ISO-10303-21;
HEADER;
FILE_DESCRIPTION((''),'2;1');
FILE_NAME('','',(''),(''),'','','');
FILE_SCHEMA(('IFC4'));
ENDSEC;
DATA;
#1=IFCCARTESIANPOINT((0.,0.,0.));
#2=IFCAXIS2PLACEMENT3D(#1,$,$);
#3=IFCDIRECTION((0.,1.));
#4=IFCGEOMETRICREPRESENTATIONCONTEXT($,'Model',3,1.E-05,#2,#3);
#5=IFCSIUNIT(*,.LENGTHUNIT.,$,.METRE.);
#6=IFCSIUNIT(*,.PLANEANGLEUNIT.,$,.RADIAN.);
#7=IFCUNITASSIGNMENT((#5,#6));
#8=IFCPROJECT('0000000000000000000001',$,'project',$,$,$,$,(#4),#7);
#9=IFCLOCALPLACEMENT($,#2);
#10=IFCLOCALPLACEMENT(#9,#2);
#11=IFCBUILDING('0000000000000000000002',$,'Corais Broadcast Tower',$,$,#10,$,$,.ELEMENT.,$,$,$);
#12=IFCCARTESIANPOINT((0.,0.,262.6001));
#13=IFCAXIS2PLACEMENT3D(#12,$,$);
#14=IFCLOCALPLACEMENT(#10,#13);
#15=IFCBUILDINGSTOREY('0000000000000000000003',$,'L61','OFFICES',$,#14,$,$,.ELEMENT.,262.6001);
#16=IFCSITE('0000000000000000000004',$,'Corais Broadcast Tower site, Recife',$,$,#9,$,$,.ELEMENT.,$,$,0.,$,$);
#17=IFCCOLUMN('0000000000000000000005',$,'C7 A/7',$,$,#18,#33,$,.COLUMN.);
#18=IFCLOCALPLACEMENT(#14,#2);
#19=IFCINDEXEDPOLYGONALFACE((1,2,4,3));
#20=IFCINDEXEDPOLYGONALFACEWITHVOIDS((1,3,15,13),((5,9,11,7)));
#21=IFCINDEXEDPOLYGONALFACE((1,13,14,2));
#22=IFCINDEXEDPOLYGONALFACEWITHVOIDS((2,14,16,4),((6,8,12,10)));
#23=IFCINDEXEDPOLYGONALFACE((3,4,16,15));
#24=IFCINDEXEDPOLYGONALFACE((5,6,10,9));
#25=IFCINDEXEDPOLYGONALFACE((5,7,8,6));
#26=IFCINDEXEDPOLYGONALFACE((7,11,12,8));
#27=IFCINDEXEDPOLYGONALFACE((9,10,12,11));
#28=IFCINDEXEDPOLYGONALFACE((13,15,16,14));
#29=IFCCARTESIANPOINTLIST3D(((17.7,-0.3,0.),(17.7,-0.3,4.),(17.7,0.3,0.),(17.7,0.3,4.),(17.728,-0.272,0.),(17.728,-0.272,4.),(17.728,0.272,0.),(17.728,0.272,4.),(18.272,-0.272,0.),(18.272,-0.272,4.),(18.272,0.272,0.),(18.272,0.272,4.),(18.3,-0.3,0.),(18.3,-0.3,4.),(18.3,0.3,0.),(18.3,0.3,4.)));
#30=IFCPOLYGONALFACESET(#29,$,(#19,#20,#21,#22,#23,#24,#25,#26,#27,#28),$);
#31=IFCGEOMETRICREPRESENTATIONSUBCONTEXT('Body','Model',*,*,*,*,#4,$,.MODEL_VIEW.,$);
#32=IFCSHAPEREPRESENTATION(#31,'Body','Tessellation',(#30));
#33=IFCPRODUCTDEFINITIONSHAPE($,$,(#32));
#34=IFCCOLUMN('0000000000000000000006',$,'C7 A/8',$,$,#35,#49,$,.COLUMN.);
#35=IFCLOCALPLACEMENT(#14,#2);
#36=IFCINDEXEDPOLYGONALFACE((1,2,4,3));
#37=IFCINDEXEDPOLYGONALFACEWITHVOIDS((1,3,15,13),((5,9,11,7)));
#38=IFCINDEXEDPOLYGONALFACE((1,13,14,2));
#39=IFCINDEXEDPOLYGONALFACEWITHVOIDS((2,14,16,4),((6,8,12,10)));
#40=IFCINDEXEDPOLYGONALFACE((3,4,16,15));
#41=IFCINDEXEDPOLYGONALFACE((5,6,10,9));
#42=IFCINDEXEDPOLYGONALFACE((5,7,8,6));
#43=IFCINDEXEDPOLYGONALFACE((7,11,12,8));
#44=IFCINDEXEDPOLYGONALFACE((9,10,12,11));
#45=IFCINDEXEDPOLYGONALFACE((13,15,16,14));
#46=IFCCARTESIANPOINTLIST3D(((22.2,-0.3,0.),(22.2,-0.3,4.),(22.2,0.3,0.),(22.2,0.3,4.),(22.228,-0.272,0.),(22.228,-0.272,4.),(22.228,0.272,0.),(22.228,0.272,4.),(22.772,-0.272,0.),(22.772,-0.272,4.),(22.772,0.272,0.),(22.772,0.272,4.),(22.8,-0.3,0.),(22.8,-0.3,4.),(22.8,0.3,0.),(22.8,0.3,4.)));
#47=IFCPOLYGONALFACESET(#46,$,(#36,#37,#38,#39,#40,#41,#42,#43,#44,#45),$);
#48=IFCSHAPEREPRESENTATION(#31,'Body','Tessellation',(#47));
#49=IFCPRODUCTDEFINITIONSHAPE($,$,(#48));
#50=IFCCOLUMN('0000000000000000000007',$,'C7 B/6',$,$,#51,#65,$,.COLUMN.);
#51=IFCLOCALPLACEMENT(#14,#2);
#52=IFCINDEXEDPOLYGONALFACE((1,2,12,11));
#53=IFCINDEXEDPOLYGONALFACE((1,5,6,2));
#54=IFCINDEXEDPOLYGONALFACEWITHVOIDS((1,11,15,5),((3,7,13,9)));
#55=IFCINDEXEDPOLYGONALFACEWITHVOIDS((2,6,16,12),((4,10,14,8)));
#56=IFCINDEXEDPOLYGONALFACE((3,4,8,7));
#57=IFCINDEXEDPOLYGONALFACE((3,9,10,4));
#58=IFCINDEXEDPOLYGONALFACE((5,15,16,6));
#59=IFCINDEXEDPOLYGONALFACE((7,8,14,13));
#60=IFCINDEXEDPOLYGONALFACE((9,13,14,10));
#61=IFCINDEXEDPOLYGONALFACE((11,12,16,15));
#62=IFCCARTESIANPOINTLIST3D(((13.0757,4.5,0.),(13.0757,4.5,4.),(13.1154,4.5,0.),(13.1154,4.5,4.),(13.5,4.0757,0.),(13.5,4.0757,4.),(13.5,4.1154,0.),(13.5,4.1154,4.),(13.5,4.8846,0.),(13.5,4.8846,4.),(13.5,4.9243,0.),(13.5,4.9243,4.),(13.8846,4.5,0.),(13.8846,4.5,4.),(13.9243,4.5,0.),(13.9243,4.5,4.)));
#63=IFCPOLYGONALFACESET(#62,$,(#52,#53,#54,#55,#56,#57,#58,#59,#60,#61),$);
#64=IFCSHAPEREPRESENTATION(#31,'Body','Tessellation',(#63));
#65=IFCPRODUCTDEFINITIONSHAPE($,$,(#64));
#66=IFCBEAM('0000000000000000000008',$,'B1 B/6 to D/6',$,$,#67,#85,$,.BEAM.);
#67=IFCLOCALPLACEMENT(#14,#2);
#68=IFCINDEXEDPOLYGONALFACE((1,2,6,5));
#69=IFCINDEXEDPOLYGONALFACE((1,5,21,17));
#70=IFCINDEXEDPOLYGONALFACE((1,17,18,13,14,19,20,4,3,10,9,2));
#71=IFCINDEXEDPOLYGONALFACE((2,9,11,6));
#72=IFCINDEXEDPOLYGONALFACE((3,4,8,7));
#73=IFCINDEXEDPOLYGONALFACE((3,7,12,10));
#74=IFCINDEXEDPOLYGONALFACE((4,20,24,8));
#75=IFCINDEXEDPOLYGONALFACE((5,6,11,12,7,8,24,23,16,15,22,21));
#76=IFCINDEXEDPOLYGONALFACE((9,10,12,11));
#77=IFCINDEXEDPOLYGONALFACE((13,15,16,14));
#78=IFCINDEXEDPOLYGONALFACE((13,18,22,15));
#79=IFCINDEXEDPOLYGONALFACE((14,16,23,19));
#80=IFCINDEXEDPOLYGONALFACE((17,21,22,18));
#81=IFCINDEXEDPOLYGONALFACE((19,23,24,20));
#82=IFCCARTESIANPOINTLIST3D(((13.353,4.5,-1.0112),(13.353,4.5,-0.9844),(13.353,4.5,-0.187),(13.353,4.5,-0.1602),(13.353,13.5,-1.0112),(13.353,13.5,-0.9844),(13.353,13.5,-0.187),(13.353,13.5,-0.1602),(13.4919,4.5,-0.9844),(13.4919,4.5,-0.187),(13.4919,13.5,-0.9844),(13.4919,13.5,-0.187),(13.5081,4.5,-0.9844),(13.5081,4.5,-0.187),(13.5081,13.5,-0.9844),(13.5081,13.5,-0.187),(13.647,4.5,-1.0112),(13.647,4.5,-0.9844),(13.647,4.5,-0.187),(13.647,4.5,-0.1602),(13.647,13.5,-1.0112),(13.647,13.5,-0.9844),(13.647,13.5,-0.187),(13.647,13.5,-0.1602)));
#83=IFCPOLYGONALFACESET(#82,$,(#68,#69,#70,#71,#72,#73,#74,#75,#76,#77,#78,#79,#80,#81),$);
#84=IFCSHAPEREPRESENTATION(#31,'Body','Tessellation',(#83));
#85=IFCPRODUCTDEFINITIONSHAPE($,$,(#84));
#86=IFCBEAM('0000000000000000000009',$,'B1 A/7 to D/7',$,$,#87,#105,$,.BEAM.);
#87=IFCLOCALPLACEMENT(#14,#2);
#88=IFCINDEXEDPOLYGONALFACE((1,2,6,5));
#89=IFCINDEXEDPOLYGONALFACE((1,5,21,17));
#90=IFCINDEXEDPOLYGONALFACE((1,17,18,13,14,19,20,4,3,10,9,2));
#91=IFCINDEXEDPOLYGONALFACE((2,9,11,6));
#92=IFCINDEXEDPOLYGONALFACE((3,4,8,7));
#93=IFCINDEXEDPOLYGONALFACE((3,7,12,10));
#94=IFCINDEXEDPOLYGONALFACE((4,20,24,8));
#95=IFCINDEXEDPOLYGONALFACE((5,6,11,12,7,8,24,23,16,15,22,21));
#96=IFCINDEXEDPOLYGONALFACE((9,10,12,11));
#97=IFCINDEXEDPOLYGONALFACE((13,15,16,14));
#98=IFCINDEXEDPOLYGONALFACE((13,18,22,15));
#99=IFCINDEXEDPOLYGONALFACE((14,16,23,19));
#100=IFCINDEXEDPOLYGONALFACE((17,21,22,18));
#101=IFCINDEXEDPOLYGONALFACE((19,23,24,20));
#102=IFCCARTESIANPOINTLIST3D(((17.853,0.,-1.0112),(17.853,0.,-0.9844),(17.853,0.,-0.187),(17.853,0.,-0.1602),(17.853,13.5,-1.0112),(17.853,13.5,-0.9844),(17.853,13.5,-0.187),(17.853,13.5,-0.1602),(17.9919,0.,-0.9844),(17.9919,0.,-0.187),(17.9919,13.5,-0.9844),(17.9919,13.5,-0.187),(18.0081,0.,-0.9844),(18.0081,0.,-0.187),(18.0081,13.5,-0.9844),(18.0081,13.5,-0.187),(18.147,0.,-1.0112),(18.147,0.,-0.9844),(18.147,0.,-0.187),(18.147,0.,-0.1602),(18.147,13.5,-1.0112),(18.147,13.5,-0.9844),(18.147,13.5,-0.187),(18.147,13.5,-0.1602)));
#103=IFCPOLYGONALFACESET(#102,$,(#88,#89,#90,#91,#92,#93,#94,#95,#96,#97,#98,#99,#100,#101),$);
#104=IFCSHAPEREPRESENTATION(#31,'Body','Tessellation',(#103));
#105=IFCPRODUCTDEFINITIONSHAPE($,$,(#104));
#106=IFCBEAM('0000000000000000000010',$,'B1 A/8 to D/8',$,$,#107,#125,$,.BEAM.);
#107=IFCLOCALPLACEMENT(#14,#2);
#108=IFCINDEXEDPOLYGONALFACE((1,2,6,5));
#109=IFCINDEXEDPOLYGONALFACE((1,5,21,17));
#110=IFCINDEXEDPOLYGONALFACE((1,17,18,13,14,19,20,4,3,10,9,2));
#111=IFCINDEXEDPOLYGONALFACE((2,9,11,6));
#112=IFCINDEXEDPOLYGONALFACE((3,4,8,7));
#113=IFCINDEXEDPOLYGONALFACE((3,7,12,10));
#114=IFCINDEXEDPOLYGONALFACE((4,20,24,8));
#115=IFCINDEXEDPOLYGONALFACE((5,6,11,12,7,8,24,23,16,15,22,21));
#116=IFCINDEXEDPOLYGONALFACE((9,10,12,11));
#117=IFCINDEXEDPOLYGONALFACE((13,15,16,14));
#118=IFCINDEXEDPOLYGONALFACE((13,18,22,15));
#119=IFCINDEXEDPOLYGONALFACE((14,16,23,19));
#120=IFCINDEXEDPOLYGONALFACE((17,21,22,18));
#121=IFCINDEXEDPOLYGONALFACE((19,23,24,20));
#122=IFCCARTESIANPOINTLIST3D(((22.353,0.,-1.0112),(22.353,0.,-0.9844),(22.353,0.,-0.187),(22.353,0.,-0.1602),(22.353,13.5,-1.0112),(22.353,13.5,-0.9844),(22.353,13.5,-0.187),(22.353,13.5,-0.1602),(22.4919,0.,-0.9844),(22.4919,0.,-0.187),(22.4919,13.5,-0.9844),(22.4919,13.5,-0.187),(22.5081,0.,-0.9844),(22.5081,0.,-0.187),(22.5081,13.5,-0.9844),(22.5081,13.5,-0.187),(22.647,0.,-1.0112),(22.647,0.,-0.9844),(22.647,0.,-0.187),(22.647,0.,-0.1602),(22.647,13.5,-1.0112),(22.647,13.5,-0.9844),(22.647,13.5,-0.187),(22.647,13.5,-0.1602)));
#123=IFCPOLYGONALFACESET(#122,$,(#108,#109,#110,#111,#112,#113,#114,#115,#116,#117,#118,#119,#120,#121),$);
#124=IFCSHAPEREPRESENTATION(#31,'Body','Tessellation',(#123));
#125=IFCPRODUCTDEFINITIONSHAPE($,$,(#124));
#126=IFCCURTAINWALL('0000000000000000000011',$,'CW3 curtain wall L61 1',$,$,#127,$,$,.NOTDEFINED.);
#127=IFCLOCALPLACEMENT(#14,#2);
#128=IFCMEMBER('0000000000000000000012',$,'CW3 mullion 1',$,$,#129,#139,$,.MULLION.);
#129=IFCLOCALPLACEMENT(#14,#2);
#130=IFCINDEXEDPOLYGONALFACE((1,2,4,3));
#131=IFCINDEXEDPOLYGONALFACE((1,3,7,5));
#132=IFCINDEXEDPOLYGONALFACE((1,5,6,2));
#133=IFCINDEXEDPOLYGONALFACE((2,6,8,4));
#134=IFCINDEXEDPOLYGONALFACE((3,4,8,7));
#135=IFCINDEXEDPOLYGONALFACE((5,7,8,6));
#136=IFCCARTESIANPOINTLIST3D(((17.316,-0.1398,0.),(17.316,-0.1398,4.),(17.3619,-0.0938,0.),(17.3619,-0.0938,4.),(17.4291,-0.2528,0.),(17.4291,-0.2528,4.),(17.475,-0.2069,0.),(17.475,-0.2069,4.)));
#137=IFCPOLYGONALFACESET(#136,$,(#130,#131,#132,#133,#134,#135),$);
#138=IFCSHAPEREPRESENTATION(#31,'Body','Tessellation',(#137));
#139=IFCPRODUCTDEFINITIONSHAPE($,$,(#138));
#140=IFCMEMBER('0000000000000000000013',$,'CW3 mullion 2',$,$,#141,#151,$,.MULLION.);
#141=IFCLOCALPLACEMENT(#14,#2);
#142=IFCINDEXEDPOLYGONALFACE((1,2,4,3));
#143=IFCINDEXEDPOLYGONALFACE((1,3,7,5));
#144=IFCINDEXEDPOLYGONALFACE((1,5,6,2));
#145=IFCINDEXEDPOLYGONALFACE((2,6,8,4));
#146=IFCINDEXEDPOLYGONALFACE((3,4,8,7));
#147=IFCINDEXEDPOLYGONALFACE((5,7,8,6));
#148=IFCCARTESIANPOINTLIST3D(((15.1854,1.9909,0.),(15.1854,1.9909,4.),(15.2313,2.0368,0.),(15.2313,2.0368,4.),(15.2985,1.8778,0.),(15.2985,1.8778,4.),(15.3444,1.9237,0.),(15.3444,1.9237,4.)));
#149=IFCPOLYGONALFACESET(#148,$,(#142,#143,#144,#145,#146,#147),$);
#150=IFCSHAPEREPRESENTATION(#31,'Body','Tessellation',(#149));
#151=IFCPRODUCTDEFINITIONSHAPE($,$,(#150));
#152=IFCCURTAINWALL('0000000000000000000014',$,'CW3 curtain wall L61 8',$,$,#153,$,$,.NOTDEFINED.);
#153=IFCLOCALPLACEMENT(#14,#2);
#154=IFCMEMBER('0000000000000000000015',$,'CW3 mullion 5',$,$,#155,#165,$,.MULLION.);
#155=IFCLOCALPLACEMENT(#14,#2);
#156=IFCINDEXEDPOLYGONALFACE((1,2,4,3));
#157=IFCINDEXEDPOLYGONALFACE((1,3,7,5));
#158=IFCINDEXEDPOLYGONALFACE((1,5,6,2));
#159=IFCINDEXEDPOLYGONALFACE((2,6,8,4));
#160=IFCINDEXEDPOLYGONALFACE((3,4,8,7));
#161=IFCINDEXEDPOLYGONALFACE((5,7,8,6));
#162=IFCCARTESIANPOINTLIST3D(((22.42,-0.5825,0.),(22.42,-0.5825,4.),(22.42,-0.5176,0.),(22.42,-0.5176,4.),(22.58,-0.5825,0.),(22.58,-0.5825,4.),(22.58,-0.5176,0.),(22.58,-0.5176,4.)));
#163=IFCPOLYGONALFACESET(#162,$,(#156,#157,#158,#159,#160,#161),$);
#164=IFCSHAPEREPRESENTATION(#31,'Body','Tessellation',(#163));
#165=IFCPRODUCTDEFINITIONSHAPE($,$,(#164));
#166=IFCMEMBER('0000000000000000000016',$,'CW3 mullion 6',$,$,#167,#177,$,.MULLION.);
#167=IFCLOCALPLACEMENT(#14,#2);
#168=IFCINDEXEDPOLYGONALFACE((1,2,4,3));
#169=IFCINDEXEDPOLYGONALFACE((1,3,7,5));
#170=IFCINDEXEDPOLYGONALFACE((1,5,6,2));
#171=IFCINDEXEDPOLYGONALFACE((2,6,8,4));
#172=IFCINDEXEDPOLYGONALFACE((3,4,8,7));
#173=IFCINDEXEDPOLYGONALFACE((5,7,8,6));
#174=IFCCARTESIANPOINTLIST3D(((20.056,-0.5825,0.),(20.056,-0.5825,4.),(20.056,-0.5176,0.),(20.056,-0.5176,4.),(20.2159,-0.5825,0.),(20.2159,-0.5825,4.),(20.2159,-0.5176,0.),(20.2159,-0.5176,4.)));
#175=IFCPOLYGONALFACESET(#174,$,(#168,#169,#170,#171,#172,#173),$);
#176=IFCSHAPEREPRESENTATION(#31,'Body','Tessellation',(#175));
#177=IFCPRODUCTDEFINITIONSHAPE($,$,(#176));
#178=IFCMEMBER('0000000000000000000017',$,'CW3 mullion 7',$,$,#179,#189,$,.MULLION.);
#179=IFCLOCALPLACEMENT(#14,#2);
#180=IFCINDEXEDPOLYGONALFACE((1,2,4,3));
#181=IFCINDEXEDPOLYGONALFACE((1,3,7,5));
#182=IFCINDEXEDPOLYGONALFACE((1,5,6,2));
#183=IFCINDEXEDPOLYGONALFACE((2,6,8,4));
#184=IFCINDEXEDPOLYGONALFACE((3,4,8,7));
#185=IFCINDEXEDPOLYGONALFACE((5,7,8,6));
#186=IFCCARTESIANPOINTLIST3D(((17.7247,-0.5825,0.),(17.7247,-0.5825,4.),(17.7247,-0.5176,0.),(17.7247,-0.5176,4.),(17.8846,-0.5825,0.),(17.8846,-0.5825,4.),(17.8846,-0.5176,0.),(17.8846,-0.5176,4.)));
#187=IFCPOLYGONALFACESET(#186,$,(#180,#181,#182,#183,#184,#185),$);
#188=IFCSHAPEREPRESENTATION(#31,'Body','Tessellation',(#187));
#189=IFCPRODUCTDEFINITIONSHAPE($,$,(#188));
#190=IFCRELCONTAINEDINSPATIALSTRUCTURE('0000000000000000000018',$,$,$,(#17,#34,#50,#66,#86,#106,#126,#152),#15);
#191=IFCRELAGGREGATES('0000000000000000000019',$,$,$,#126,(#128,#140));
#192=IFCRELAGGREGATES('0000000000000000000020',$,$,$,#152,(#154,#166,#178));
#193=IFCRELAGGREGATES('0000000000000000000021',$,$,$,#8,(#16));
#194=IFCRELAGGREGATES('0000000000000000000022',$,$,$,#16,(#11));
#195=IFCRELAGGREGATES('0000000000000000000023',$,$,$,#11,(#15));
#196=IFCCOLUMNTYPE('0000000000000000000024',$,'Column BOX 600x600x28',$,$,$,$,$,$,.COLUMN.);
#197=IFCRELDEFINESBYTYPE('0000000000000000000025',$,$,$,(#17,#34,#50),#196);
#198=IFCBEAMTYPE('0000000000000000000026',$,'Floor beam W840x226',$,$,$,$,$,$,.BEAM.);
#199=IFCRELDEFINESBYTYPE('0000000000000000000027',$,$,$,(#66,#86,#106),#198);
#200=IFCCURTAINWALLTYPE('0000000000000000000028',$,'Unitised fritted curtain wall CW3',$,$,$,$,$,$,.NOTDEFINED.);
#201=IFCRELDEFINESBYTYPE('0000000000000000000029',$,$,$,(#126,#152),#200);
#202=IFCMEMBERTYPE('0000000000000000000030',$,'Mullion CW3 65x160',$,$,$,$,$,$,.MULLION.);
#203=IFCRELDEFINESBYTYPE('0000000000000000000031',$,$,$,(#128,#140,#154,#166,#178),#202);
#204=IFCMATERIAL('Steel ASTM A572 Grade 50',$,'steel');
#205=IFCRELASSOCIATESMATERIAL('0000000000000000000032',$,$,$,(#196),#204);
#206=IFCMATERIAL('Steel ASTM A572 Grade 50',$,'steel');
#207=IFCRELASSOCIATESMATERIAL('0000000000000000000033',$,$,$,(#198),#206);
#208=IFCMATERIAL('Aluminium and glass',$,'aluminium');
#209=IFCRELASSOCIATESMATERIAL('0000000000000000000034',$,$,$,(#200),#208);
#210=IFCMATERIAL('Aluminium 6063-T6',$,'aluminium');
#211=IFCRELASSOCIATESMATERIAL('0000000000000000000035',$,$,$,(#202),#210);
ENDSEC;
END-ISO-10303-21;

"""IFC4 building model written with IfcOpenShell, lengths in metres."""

from ifc_helpers import new_model, si_unit, direction, frame, origin, origin_2d, place, context, subcontext, project, spatial, rectangle, hollow_rectangle, i_section, extrude, material, material_profile, profile_set, type_object, element, aggregate, save


model = new_model("IFC4")

# Units and contexts
model_context = context("Model", 3, precision=1e-05, world=origin(), true_north=direction((0.0, 1.0)))
body_context = subcontext(model_context, "Body", "Model", "MODEL_VIEW")
ifc_project = project(units=[si_unit("LENGTHUNIT", "METRE"), si_unit("PLANEANGLEUNIT", "RADIAN")], contexts=[model_context])

# Site, building, storey
site_placement = place(None, origin())
site = spatial("IfcSite", under=ifc_project, at=site_placement, Name="Corais Broadcast Tower site, Recife", CompositionType="ELEMENT", RefElevation=0.0)
building_placement = place(site_placement, origin())
building = spatial("IfcBuilding", under=site, at=building_placement, Name="Corais Broadcast Tower", CompositionType="ELEMENT")
storey_placement = place(building_placement, frame((0.0, 0.0, 262.6001)))
storey = spatial("IfcBuildingStorey", under=building, at=storey_placement, Name="L61", Description="OFFICES", CompositionType="ELEMENT", Elevation=262.6001)

# Columns
ifc_material_1 = material(Name="Steel ASTM A572 Grade 50", Category="steel")
ifc_material_profile_1 = material_profile(ifc_material_1, hollow_rectangle(XDim=0.6001, YDim=0.6001, WallThickness=0.0281, at=origin_2d()), Name="BOX 600x600x28")
ifc_profile_set_1 = profile_set([ifc_material_profile_1], Name="Steel ASTM A572 Grade 50")
column_type = type_object("IfcColumnType", Name="Column BOX 600x600x28", PredefinedType="COLUMN", material=ifc_profile_set_1)
for number, where, z_axis, x_axis, name in (
    (1, (18.0, 0.0, 0.0), (0.0, 0.0, 1.0), (1.0, 0.0, 0.0), "C7 A/7"),
    (2, (22.5, 0.0, 0.0), (0.0, 0.0, 1.0), (1.0, 0.0, 0.0), "C7 A/8"),
    (3, (13.5, 4.5, 0.0), (0.0, 0.0, 1.0), (0.707107, 0.707107, 0.0), "C7 B/6"),
):
    element("IfcColumn", number, at=place(storey_placement, frame(where, z_axis=z_axis, x_axis=x_axis)), inside=storey, type_object=column_type, Name=name, PredefinedType="COLUMN", context=body_context, shape_type="SweptSolid", body=[
        extrude(hollow_rectangle(XDim=0.6001, YDim=0.6001, WallThickness=0.0281, at=origin_2d()), origin(), (0.0, 0.0, 1.0), 4.0),
    ])

# Beams
ifc_material_2 = material(Name="Steel ASTM A572 Grade 50", Category="steel")
ifc_material_profile_2 = material_profile(ifc_material_2, i_section(OverallWidth=0.2939, OverallDepth=0.8511, WebThickness=0.0161, FlangeThickness=0.0269, at=origin_2d()), Name="W840x226")
ifc_profile_set_2 = profile_set([ifc_material_profile_2], Name="Steel ASTM A572 Grade 50")
beam_type_1 = type_object("IfcBeamType", Name="Floor beam W840x226", PredefinedType="BEAM", material=ifc_profile_set_2)
beam_1_placement = place(storey_placement, frame((13.5, 4.5, -0.5857), z_axis=(0.0, 1.0, 0.0), x_axis=(-1.0, 0.0, 0.0)))
element("IfcBeam", 4, at=beam_1_placement, inside=storey, type_object=beam_type_1, Name="B1 B/6 to D/6", PredefinedType="BEAM", context=body_context, shape_type="SweptSolid", body=[
    extrude(i_section(OverallWidth=0.2939, OverallDepth=0.8511, WebThickness=0.0161, FlangeThickness=0.0269, at=origin_2d()), origin(), (0.0, 0.0, 1.0), 9.0),
])
for number, where, z_axis, x_axis, name in (
    (5, (18.0, 0.0, -0.5857), (0.0, 1.0, 0.0), (-1.0, 0.0, 0.0), "B1 A/7 to D/7"),
    (6, (22.5, 0.0, -0.5857), (0.0, 1.0, 0.0), (-1.0, 0.0, 0.0), "B1 A/8 to D/8"),
):
    element("IfcBeam", number, at=place(storey_placement, frame(where, z_axis=z_axis, x_axis=x_axis)), inside=storey, type_object=beam_type_1, Name=name, PredefinedType="BEAM", context=body_context, shape_type="SweptSolid", body=[
        extrude(i_section(OverallWidth=0.2939, OverallDepth=0.8511, WebThickness=0.0161, FlangeThickness=0.0269, at=origin_2d()), origin(), (0.0, 0.0, 1.0), 13.5),
    ])

# Curtain walls, members
ifc_material_3 = material(Name="Aluminium and glass", Category="aluminium")
curtain_wall_type = type_object("IfcCurtainWallType", Name="Unitised fritted curtain wall CW3", PredefinedType="NOTDEFINED", material=ifc_material_3)
curtain_wall_1_placement = place(storey_placement, origin())
curtain_wall_1 = element("IfcCurtainWall", 7, at=curtain_wall_1_placement, inside=storey, type_object=curtain_wall_type, Name="CW3 curtain wall L61 1", PredefinedType="NOTDEFINED")
ifc_material_4 = material(Name="Aluminium 6063-T6", Category="aluminium")
ifc_material_profile_3 = material_profile(ifc_material_4, rectangle(XDim=0.0649, YDim=0.1599, at=origin_2d()), Name="Mullion CW3 65x160")
ifc_profile_set_3 = profile_set([ifc_material_profile_3], Name="Aluminium 6063-T6")
member_type_1 = type_object("IfcMemberType", Name="Mullion CW3 65x160", PredefinedType="MULLION", material=ifc_profile_set_3)
member_1_placement = place(storey_placement, frame((17.3955, -0.1733, 0.0), z_axis=(0.0, 0.0, 1.0), x_axis=(-0.707107, -0.707107, 0.0)))
member_1 = element("IfcMember", 8, at=member_1_placement, type_object=member_type_1, Name="CW3 mullion 1", PredefinedType="MULLION", context=body_context, shape_type="SweptSolid", body=[
    extrude(rectangle(XDim=0.0649, YDim=0.1599, at=origin_2d()), origin(), (0.0, 0.0, 1.0), 4.0),
])
member_2_placement = place(storey_placement, frame((15.2649, 1.9573, 0.0), z_axis=(0.0, 0.0, 1.0), x_axis=(-0.707107, -0.707107, 0.0)))
member_2 = element("IfcMember", 9, at=member_2_placement, type_object=member_type_1, Name="CW3 mullion 2", PredefinedType="MULLION", context=body_context, shape_type="SweptSolid", body=[
    extrude(rectangle(XDim=0.0649, YDim=0.1599, at=origin_2d()), origin(), (0.0, 0.0, 1.0), 4.0),
])
curtain_wall_2_placement = place(storey_placement, origin())
curtain_wall_2 = element("IfcCurtainWall", 10, at=curtain_wall_2_placement, inside=storey, type_object=curtain_wall_type, Name="CW3 curtain wall L61 8", PredefinedType="NOTDEFINED")
member_3_placement = place(storey_placement, frame((22.5, -0.55, 0.0), z_axis=(0.0, 0.0, 1.0), x_axis=(0.0, -1.0, 0.0)))
member_3 = element("IfcMember", 11, at=member_3_placement, type_object=member_type_1, Name="CW3 mullion 5", PredefinedType="MULLION", context=body_context, shape_type="SweptSolid", body=[
    extrude(rectangle(XDim=0.0649, YDim=0.1599, at=origin_2d()), origin(), (0.0, 0.0, 1.0), 4.0),
])
member_4_placement = place(storey_placement, frame((20.136, -0.55, 0.0), z_axis=(0.0, 0.0, 1.0), x_axis=(0.0, -1.0, 0.0)))
member_4 = element("IfcMember", 12, at=member_4_placement, type_object=member_type_1, Name="CW3 mullion 6", PredefinedType="MULLION", context=body_context, shape_type="SweptSolid", body=[
    extrude(rectangle(XDim=0.0649, YDim=0.1599, at=origin_2d()), origin(), (0.0, 0.0, 1.0), 4.0),
])
member_5_placement = place(storey_placement, frame((17.8047, -0.55, 0.0), z_axis=(0.0, 0.0, 1.0), x_axis=(0.0, -1.0, 0.0)))
member_5 = element("IfcMember", 13, at=member_5_placement, type_object=member_type_1, Name="CW3 mullion 7", PredefinedType="MULLION", context=body_context, shape_type="SweptSolid", body=[
    extrude(rectangle(XDim=0.0649, YDim=0.1599, at=origin_2d()), origin(), (0.0, 0.0, 1.0), 4.0),
])

aggregate(curtain_wall_1, [member_1, member_2])
aggregate(curtain_wall_2, [member_3, member_4, member_5])

save(model, "model.ifc")
